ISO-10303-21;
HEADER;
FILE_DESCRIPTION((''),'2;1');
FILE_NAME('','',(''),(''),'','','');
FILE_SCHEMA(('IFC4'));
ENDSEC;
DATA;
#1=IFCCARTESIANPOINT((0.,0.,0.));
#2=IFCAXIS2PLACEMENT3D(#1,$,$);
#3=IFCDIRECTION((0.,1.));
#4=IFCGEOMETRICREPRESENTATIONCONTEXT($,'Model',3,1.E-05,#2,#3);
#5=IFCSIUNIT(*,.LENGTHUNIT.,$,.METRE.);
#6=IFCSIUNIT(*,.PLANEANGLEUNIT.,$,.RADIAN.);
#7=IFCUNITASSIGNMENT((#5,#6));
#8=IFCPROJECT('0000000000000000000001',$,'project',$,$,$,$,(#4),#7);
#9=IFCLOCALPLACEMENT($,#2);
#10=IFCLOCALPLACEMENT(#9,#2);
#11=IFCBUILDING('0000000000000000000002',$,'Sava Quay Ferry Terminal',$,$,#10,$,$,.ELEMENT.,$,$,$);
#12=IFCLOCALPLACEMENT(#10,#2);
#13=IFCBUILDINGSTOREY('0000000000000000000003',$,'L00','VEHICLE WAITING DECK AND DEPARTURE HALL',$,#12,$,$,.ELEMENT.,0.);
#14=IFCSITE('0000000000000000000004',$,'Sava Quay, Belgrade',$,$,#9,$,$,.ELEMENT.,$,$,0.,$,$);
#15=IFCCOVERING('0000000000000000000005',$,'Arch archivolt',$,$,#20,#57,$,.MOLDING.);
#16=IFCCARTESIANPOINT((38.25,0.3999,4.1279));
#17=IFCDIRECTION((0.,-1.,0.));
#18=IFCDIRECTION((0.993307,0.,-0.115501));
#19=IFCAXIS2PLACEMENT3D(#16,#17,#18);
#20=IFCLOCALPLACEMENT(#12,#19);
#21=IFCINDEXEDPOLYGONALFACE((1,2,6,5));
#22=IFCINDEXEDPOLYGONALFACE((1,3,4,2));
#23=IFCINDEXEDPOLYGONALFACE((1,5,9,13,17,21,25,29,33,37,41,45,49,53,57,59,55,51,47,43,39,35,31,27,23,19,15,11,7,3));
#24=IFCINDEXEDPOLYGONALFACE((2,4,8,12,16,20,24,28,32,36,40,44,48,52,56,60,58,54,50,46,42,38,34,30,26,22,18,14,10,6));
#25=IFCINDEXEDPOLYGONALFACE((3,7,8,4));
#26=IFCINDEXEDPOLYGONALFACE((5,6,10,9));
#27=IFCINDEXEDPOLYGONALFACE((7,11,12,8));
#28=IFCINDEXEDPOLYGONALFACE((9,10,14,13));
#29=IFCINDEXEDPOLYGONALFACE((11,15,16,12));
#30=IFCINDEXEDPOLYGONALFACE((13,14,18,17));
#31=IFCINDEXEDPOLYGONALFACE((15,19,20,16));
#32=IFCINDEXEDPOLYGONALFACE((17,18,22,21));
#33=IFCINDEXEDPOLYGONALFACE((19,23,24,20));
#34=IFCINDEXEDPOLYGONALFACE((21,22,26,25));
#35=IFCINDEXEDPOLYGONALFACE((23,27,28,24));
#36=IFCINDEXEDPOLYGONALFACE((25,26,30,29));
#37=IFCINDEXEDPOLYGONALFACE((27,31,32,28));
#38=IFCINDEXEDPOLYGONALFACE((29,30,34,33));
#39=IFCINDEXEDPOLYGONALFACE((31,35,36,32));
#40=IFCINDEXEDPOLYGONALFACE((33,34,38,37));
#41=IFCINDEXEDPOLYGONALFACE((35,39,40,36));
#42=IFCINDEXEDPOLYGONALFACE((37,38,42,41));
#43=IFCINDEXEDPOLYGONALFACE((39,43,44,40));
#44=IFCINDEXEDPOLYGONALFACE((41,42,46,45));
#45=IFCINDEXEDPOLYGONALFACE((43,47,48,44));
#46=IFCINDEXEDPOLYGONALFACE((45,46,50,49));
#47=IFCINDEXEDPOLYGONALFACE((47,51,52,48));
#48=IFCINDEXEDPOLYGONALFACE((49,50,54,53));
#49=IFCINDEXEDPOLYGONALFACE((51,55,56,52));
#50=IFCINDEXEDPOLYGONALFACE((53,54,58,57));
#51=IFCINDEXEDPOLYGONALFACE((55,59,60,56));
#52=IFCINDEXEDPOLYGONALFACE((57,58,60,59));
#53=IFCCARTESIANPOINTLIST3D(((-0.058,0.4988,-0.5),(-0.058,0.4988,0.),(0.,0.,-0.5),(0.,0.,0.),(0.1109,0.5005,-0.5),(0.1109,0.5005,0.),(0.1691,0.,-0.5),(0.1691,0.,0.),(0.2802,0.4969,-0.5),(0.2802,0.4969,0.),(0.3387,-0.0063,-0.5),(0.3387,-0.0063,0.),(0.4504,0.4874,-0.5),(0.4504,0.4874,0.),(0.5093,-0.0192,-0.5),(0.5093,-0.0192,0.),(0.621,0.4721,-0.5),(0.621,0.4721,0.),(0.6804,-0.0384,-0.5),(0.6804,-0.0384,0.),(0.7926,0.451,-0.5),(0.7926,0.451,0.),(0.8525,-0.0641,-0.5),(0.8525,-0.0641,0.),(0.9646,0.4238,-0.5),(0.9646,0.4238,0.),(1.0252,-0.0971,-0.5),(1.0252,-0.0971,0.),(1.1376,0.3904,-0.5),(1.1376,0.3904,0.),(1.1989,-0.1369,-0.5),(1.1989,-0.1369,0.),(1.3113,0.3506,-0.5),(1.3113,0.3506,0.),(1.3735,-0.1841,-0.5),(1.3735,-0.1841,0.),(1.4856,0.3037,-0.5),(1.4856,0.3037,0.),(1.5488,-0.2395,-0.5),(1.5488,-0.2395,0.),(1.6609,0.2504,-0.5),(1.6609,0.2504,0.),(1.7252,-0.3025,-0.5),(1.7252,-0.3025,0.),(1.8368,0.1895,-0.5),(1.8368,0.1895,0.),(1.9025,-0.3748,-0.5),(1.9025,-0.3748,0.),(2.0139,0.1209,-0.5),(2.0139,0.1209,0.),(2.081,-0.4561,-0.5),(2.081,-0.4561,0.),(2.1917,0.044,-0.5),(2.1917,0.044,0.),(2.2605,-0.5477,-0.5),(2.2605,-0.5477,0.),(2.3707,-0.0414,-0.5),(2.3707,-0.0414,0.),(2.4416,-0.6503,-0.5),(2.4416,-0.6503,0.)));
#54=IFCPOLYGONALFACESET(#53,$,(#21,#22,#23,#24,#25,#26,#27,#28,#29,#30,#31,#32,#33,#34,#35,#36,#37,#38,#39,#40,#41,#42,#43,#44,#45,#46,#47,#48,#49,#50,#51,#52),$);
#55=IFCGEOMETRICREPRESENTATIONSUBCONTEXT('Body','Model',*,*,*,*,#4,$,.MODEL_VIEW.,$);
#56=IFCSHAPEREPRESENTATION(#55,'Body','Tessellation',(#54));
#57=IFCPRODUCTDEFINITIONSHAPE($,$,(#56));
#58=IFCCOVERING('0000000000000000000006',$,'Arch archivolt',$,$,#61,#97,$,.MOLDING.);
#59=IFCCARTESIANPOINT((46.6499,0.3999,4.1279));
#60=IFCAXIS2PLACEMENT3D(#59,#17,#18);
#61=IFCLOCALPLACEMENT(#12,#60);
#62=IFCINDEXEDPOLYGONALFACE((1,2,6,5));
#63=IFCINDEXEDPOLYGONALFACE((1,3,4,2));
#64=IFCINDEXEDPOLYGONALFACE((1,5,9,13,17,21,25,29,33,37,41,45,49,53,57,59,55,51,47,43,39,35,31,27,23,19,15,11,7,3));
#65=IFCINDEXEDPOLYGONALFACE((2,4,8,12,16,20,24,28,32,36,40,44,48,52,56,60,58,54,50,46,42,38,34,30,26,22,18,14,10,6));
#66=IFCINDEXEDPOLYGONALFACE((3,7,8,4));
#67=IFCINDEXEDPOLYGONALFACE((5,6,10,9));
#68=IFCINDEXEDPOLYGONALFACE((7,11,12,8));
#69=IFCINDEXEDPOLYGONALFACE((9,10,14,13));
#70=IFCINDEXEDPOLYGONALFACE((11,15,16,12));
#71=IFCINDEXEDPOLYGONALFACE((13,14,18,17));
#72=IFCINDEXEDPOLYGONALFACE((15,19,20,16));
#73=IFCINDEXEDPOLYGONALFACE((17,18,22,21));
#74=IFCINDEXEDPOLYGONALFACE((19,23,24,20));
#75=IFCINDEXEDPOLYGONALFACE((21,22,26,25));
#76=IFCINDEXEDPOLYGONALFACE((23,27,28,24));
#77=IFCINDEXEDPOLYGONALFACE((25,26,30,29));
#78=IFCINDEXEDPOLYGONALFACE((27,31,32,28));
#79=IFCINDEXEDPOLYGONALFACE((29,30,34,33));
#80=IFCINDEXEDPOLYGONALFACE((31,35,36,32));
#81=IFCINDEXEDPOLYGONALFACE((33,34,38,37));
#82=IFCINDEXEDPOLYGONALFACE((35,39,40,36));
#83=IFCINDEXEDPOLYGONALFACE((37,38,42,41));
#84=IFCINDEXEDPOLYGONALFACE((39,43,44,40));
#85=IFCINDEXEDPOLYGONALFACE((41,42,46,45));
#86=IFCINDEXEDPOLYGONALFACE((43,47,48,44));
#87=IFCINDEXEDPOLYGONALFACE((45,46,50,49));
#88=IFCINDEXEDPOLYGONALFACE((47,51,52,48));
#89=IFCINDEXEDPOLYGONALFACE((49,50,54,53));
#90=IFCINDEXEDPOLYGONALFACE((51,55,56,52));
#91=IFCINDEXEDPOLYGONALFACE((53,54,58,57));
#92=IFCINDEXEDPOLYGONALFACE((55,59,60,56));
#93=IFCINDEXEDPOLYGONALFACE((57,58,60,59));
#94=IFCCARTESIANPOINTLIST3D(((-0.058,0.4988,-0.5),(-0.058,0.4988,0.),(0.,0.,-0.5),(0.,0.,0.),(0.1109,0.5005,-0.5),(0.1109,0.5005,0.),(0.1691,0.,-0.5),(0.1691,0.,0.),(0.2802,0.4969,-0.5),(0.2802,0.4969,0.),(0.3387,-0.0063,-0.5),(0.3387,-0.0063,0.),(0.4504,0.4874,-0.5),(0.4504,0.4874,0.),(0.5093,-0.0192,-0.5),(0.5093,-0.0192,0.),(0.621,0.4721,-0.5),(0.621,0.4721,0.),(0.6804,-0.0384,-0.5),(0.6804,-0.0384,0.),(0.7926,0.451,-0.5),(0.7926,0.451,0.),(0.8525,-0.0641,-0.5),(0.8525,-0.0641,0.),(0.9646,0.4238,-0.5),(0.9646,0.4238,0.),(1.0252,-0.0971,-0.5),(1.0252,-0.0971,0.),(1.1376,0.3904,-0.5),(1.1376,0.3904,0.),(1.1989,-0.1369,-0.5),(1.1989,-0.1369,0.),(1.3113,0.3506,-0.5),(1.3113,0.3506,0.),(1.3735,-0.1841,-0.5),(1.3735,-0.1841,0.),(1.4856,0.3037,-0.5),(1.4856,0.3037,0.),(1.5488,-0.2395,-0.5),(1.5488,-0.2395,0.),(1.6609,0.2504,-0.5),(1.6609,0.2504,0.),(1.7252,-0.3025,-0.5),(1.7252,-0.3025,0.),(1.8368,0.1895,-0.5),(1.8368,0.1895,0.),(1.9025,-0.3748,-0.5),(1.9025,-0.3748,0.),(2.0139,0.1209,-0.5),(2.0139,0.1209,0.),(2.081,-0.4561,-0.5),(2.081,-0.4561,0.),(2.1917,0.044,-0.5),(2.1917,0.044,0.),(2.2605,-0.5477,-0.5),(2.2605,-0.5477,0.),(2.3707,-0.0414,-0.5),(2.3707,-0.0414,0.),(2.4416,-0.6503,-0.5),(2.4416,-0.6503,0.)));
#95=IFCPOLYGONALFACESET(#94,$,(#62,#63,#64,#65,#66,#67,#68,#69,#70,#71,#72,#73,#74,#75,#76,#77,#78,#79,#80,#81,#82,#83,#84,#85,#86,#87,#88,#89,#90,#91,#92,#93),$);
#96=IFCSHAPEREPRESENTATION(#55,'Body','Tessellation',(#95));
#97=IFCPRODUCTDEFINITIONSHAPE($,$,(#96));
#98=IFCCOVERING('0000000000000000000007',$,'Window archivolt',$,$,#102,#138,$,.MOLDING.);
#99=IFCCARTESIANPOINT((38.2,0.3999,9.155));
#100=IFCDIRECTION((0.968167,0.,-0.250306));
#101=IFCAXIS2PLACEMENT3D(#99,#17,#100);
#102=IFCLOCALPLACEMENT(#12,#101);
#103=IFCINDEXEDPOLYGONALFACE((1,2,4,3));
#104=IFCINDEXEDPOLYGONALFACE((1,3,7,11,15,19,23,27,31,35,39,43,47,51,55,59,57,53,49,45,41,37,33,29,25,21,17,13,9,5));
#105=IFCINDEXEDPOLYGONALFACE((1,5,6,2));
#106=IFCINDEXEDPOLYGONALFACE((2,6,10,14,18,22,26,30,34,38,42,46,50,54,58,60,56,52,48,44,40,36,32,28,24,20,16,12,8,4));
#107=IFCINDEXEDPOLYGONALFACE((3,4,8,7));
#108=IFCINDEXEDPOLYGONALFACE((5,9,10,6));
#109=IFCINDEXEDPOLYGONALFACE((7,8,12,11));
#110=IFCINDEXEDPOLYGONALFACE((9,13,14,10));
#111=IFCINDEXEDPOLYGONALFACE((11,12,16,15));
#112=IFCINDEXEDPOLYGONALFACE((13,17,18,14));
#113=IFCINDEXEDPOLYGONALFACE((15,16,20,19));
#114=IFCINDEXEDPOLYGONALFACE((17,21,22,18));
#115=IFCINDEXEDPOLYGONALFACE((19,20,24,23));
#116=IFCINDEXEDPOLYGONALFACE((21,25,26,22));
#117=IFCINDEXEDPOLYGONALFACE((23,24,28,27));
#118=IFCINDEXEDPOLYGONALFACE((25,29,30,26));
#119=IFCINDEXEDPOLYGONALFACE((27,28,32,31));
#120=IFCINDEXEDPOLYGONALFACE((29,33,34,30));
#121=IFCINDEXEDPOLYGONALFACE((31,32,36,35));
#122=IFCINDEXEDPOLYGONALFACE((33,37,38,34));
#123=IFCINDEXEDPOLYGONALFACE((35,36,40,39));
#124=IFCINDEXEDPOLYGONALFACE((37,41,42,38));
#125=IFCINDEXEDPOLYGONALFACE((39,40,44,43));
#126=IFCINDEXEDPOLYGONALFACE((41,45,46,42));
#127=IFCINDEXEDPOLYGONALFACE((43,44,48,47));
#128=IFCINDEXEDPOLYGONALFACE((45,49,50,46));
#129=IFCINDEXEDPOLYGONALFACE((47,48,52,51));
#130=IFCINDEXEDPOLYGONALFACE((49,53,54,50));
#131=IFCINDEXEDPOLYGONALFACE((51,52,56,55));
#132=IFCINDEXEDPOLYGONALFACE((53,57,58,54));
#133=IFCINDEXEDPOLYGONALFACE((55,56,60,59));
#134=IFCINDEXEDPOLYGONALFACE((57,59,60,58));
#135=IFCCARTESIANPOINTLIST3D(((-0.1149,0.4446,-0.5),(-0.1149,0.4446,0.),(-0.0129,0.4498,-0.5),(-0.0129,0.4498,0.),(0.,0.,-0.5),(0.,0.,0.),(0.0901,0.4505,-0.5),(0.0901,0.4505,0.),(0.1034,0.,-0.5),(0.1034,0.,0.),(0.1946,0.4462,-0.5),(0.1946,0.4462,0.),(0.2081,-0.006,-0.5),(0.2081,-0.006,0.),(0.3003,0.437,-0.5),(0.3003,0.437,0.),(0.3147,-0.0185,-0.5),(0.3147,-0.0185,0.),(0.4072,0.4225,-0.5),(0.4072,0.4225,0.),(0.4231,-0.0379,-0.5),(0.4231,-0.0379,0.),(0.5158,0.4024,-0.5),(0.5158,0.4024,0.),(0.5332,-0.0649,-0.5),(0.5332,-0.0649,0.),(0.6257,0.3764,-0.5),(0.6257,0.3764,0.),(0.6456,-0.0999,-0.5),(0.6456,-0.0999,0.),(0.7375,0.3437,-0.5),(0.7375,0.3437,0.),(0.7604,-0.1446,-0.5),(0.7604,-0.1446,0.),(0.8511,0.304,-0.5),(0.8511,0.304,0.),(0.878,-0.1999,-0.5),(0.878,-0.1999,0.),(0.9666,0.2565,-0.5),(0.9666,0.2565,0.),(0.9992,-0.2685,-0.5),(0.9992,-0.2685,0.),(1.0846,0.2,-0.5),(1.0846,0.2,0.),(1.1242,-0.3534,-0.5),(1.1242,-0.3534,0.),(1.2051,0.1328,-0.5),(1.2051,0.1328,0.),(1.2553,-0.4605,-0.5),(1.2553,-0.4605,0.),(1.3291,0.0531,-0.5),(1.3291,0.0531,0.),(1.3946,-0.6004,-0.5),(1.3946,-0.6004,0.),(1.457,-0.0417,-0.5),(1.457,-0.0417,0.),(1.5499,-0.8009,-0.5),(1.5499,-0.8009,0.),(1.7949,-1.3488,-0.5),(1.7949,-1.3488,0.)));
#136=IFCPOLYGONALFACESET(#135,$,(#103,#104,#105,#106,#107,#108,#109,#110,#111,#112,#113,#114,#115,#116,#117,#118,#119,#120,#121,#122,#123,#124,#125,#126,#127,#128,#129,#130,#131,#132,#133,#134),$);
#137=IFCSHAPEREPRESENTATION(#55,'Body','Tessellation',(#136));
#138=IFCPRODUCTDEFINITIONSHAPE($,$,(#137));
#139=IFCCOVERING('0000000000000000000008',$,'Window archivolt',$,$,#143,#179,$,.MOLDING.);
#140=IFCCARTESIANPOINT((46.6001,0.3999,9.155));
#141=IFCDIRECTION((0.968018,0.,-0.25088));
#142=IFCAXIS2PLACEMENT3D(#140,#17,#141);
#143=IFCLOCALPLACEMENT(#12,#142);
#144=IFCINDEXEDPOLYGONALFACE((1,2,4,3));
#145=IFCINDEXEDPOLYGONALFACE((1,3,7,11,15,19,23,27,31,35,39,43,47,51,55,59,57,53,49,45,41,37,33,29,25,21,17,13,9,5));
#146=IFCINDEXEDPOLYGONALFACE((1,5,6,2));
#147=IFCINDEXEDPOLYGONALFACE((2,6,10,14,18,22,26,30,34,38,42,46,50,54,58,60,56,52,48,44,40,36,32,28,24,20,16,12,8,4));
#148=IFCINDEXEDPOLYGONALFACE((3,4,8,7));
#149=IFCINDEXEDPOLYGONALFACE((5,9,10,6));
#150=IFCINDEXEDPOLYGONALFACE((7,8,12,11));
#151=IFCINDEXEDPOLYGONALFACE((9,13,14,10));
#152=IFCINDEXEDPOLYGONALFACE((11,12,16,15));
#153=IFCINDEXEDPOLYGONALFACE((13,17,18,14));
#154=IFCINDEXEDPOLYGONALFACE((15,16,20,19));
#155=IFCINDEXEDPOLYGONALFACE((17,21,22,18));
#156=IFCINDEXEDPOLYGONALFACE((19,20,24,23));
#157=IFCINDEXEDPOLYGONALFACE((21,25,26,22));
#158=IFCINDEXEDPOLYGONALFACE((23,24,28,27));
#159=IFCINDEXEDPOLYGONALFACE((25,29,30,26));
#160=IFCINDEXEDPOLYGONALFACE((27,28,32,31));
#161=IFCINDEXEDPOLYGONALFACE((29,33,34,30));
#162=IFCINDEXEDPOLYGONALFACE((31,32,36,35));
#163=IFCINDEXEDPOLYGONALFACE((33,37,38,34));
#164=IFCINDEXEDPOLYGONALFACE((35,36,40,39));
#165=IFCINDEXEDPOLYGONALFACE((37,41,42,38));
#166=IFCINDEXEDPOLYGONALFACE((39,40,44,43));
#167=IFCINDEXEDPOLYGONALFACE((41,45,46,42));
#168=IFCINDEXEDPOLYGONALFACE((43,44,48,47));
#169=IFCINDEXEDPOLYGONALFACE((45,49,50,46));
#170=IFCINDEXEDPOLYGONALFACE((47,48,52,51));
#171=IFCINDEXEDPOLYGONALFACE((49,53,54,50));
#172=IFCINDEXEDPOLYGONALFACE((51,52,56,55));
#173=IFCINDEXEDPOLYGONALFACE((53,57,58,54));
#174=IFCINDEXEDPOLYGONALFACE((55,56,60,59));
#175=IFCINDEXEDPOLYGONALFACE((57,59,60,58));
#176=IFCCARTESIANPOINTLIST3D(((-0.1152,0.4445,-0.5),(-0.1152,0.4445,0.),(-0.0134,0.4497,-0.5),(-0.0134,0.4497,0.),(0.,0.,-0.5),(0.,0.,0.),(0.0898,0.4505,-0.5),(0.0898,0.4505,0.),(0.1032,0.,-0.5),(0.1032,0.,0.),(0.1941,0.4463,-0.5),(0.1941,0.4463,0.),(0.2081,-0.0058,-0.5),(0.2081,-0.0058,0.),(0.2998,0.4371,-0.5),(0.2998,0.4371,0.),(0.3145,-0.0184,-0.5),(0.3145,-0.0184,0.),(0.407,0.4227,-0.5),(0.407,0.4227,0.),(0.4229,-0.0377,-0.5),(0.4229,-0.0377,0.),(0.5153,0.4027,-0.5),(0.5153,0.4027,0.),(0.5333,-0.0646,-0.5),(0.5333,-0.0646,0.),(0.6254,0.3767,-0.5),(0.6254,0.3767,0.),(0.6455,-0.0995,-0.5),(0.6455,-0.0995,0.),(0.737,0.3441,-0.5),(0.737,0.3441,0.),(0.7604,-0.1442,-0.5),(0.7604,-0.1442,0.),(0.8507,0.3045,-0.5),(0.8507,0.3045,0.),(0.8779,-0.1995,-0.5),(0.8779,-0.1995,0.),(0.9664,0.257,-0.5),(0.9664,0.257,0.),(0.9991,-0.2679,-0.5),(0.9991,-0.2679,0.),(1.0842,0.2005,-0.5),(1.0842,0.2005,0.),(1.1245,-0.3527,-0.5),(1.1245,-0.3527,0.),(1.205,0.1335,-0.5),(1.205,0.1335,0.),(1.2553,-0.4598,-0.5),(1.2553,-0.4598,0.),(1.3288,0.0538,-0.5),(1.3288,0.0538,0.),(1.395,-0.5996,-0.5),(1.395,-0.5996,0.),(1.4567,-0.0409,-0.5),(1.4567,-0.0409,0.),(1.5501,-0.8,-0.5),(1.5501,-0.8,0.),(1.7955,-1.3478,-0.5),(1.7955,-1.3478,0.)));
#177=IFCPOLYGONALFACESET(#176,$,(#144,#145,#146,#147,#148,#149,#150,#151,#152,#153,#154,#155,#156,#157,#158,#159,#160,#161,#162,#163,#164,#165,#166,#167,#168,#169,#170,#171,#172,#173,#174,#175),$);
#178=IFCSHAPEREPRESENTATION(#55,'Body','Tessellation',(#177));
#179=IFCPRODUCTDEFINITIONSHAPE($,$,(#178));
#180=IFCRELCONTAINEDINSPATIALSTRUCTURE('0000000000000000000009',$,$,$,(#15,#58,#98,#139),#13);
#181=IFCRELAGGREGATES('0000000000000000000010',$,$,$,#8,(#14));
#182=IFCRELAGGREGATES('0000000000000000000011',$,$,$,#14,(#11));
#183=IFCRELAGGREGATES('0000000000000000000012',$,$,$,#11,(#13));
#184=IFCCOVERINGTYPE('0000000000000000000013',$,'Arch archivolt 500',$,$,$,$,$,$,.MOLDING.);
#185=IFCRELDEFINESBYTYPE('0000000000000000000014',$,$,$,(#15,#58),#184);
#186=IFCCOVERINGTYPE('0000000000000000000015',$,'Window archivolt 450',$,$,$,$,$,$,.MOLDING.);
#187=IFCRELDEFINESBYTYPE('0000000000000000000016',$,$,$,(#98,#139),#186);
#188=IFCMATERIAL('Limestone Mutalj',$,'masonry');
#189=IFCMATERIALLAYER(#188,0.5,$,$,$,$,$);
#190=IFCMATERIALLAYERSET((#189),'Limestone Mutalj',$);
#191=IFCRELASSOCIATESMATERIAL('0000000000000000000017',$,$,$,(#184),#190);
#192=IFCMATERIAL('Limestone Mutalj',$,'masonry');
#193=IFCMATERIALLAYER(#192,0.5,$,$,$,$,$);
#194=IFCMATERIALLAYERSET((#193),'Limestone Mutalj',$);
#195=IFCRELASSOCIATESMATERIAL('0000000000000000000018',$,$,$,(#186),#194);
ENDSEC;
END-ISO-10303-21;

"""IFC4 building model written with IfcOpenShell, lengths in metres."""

from ifc_helpers import new_model, si_unit, direction, frame, origin, place, context, subcontext, project, spatial, polyline, outline, extrude, material, layer, layer_set, type_object, element, save


model = new_model("IFC4")

# Units and contexts
model_context = context("Model", 3, precision=1e-05, world=origin(), true_north=direction((0.0, 1.0)))
body_context = subcontext(model_context, "Body", "Model", "MODEL_VIEW")
ifc_project = project(units=[si_unit("LENGTHUNIT", "METRE"), si_unit("PLANEANGLEUNIT", "RADIAN")], contexts=[model_context])

# Site, building, storey
site_placement = place(None, origin())
site = spatial("IfcSite", under=ifc_project, at=site_placement, Name="Sava Quay, Belgrade", CompositionType="ELEMENT", RefElevation=0.0)
building_placement = place(site_placement, origin())
building = spatial("IfcBuilding", under=site, at=building_placement, Name="Sava Quay Ferry Terminal", CompositionType="ELEMENT")
storey_placement = place(building_placement, origin())
storey = spatial("IfcBuildingStorey", under=building, at=storey_placement, Name="L00", Description="VEHICLE WAITING DECK AND DEPARTURE HALL", CompositionType="ELEMENT", Elevation=0.0)

# Coverings
ifc_material_1 = material(Name="Limestone Mutalj", Category="masonry")
ifc_layer_1 = layer(ifc_material_1, 0.5)
ifc_layer_set_1 = layer_set([ifc_layer_1], Name="Limestone Mutalj")
covering_type_1 = type_object("IfcCoveringType", Name="Arch archivolt 500", PredefinedType="MOLDING", material=ifc_layer_set_1)
covering_1_placement = place(storey_placement, frame((38.25, 0.3999, 4.1279), z_axis=(0.0, -1.0, 0.0), x_axis=(0.993307, 0.0, -0.115501)))
element("IfcCovering", 1, at=covering_1_placement, inside=storey, type_object=covering_type_1, Name="Arch archivolt", PredefinedType="MOLDING", context=body_context, shape_type="SweptSolid", body=[
    extrude(outline(polyline([(0.0, 0.0), (0.1691, 0.0), (0.3387, -0.0063), (0.5093, -0.0192), (0.6804, -0.0384), (0.8525, -0.0641), (1.0252, -0.0971), (1.1989, -0.1369), (1.3735, -0.1841), (1.5488, -0.2395), (1.7252, -0.3025), (1.9025, -0.3748), (2.081, -0.4561), (2.2605, -0.5477), (2.4416, -0.6503), (2.3707, -0.0414), (2.1917, 0.044), (2.0139, 0.1209), (1.8368, 0.1895), (1.6609, 0.2504), (1.4856, 0.3037), (1.3113, 0.3506), (1.1376, 0.3904), (0.9646, 0.4238), (0.7926, 0.451), (0.621, 0.4721), (0.4504, 0.4874), (0.2802, 0.4969), (0.1109, 0.5005), (-0.058, 0.4988), (0.0, 0.0)])), origin(), (0.0, 0.0, -1.0), 0.5),
])
covering_2_placement = place(storey_placement, frame((46.6499, 0.3999, 4.1279), z_axis=(0.0, -1.0, 0.0), x_axis=(0.993307, 0.0, -0.115501)))
element("IfcCovering", 2, at=covering_2_placement, inside=storey, type_object=covering_type_1, Name="Arch archivolt", PredefinedType="MOLDING", context=body_context, shape_type="SweptSolid", body=[
    extrude(outline(polyline([(0.0, 0.0), (0.1691, 0.0), (0.3387, -0.0063), (0.5093, -0.0192), (0.6804, -0.0384), (0.8525, -0.0641), (1.0252, -0.0971), (1.1989, -0.1369), (1.3735, -0.1841), (1.5488, -0.2395), (1.7252, -0.3025), (1.9025, -0.3748), (2.081, -0.4561), (2.2605, -0.5477), (2.4416, -0.6503), (2.3707, -0.0414), (2.1917, 0.044), (2.0139, 0.1209), (1.8368, 0.1895), (1.6609, 0.2504), (1.4856, 0.3037), (1.3113, 0.3506), (1.1376, 0.3904), (0.9646, 0.4238), (0.7926, 0.451), (0.621, 0.4721), (0.4504, 0.4874), (0.2802, 0.4969), (0.1109, 0.5005), (-0.058, 0.4988), (0.0, 0.0)])), origin(), (0.0, 0.0, -1.0), 0.5),
])
ifc_material_2 = material(Name="Limestone Mutalj", Category="masonry")
ifc_layer_2 = layer(ifc_material_2, 0.5)
ifc_layer_set_2 = layer_set([ifc_layer_2], Name="Limestone Mutalj")
covering_type_2 = type_object("IfcCoveringType", Name="Window archivolt 450", PredefinedType="MOLDING", material=ifc_layer_set_2)
covering_3_placement = place(storey_placement, frame((38.2, 0.3999, 9.155), z_axis=(0.0, -1.0, 0.0), x_axis=(0.968167, 0.0, -0.250306)))
element("IfcCovering", 3, at=covering_3_placement, inside=storey, type_object=covering_type_2, Name="Window archivolt", PredefinedType="MOLDING", context=body_context, shape_type="SweptSolid", body=[
    extrude(outline(polyline([(0.0, 0.0), (0.1034, 0.0), (0.2081, -0.006), (0.3147, -0.0185), (0.4231, -0.0379), (0.5332, -0.0649), (0.6456, -0.0999), (0.7604, -0.1446), (0.878, -0.1999), (0.9992, -0.2685), (1.1242, -0.3534), (1.2553, -0.4605), (1.3946, -0.6004), (1.5499, -0.8009), (1.7949, -1.3488), (1.457, -0.0417), (1.3291, 0.0531), (1.2051, 0.1328), (1.0846, 0.2), (0.9666, 0.2565), (0.8511, 0.304), (0.7375, 0.3437), (0.6257, 0.3764), (0.5158, 0.4024), (0.4072, 0.4225), (0.3003, 0.437), (0.1946, 0.4462), (0.0901, 0.4505), (-0.0129, 0.4498), (-0.1149, 0.4446), (0.0, 0.0)])), origin(), (0.0, 0.0, -1.0), 0.5),
])
covering_4_placement = place(storey_placement, frame((46.6001, 0.3999, 9.155), z_axis=(0.0, -1.0, 0.0), x_axis=(0.968018, 0.0, -0.25088)))
element("IfcCovering", 4, at=covering_4_placement, inside=storey, type_object=covering_type_2, Name="Window archivolt", PredefinedType="MOLDING", context=body_context, shape_type="SweptSolid", body=[
    extrude(outline(polyline([(0.0, 0.0), (0.1032, 0.0), (0.2081, -0.0058), (0.3145, -0.0184), (0.4229, -0.0377), (0.5333, -0.0646), (0.6455, -0.0995), (0.7604, -0.1442), (0.8779, -0.1995), (0.9991, -0.2679), (1.1245, -0.3527), (1.2553, -0.4598), (1.395, -0.5996), (1.5501, -0.8), (1.7955, -1.3478), (1.4567, -0.0409), (1.3288, 0.0538), (1.205, 0.1335), (1.0842, 0.2005), (0.9664, 0.257), (0.8507, 0.3045), (0.737, 0.3441), (0.6254, 0.3767), (0.5153, 0.4027), (0.407, 0.4227), (0.2998, 0.4371), (0.1941, 0.4463), (0.0898, 0.4505), (-0.0134, 0.4497), (-0.1152, 0.4445), (0.0, 0.0)])), origin(), (0.0, 0.0, -1.0), 0.5),
])

save(model, "model.ifc")
